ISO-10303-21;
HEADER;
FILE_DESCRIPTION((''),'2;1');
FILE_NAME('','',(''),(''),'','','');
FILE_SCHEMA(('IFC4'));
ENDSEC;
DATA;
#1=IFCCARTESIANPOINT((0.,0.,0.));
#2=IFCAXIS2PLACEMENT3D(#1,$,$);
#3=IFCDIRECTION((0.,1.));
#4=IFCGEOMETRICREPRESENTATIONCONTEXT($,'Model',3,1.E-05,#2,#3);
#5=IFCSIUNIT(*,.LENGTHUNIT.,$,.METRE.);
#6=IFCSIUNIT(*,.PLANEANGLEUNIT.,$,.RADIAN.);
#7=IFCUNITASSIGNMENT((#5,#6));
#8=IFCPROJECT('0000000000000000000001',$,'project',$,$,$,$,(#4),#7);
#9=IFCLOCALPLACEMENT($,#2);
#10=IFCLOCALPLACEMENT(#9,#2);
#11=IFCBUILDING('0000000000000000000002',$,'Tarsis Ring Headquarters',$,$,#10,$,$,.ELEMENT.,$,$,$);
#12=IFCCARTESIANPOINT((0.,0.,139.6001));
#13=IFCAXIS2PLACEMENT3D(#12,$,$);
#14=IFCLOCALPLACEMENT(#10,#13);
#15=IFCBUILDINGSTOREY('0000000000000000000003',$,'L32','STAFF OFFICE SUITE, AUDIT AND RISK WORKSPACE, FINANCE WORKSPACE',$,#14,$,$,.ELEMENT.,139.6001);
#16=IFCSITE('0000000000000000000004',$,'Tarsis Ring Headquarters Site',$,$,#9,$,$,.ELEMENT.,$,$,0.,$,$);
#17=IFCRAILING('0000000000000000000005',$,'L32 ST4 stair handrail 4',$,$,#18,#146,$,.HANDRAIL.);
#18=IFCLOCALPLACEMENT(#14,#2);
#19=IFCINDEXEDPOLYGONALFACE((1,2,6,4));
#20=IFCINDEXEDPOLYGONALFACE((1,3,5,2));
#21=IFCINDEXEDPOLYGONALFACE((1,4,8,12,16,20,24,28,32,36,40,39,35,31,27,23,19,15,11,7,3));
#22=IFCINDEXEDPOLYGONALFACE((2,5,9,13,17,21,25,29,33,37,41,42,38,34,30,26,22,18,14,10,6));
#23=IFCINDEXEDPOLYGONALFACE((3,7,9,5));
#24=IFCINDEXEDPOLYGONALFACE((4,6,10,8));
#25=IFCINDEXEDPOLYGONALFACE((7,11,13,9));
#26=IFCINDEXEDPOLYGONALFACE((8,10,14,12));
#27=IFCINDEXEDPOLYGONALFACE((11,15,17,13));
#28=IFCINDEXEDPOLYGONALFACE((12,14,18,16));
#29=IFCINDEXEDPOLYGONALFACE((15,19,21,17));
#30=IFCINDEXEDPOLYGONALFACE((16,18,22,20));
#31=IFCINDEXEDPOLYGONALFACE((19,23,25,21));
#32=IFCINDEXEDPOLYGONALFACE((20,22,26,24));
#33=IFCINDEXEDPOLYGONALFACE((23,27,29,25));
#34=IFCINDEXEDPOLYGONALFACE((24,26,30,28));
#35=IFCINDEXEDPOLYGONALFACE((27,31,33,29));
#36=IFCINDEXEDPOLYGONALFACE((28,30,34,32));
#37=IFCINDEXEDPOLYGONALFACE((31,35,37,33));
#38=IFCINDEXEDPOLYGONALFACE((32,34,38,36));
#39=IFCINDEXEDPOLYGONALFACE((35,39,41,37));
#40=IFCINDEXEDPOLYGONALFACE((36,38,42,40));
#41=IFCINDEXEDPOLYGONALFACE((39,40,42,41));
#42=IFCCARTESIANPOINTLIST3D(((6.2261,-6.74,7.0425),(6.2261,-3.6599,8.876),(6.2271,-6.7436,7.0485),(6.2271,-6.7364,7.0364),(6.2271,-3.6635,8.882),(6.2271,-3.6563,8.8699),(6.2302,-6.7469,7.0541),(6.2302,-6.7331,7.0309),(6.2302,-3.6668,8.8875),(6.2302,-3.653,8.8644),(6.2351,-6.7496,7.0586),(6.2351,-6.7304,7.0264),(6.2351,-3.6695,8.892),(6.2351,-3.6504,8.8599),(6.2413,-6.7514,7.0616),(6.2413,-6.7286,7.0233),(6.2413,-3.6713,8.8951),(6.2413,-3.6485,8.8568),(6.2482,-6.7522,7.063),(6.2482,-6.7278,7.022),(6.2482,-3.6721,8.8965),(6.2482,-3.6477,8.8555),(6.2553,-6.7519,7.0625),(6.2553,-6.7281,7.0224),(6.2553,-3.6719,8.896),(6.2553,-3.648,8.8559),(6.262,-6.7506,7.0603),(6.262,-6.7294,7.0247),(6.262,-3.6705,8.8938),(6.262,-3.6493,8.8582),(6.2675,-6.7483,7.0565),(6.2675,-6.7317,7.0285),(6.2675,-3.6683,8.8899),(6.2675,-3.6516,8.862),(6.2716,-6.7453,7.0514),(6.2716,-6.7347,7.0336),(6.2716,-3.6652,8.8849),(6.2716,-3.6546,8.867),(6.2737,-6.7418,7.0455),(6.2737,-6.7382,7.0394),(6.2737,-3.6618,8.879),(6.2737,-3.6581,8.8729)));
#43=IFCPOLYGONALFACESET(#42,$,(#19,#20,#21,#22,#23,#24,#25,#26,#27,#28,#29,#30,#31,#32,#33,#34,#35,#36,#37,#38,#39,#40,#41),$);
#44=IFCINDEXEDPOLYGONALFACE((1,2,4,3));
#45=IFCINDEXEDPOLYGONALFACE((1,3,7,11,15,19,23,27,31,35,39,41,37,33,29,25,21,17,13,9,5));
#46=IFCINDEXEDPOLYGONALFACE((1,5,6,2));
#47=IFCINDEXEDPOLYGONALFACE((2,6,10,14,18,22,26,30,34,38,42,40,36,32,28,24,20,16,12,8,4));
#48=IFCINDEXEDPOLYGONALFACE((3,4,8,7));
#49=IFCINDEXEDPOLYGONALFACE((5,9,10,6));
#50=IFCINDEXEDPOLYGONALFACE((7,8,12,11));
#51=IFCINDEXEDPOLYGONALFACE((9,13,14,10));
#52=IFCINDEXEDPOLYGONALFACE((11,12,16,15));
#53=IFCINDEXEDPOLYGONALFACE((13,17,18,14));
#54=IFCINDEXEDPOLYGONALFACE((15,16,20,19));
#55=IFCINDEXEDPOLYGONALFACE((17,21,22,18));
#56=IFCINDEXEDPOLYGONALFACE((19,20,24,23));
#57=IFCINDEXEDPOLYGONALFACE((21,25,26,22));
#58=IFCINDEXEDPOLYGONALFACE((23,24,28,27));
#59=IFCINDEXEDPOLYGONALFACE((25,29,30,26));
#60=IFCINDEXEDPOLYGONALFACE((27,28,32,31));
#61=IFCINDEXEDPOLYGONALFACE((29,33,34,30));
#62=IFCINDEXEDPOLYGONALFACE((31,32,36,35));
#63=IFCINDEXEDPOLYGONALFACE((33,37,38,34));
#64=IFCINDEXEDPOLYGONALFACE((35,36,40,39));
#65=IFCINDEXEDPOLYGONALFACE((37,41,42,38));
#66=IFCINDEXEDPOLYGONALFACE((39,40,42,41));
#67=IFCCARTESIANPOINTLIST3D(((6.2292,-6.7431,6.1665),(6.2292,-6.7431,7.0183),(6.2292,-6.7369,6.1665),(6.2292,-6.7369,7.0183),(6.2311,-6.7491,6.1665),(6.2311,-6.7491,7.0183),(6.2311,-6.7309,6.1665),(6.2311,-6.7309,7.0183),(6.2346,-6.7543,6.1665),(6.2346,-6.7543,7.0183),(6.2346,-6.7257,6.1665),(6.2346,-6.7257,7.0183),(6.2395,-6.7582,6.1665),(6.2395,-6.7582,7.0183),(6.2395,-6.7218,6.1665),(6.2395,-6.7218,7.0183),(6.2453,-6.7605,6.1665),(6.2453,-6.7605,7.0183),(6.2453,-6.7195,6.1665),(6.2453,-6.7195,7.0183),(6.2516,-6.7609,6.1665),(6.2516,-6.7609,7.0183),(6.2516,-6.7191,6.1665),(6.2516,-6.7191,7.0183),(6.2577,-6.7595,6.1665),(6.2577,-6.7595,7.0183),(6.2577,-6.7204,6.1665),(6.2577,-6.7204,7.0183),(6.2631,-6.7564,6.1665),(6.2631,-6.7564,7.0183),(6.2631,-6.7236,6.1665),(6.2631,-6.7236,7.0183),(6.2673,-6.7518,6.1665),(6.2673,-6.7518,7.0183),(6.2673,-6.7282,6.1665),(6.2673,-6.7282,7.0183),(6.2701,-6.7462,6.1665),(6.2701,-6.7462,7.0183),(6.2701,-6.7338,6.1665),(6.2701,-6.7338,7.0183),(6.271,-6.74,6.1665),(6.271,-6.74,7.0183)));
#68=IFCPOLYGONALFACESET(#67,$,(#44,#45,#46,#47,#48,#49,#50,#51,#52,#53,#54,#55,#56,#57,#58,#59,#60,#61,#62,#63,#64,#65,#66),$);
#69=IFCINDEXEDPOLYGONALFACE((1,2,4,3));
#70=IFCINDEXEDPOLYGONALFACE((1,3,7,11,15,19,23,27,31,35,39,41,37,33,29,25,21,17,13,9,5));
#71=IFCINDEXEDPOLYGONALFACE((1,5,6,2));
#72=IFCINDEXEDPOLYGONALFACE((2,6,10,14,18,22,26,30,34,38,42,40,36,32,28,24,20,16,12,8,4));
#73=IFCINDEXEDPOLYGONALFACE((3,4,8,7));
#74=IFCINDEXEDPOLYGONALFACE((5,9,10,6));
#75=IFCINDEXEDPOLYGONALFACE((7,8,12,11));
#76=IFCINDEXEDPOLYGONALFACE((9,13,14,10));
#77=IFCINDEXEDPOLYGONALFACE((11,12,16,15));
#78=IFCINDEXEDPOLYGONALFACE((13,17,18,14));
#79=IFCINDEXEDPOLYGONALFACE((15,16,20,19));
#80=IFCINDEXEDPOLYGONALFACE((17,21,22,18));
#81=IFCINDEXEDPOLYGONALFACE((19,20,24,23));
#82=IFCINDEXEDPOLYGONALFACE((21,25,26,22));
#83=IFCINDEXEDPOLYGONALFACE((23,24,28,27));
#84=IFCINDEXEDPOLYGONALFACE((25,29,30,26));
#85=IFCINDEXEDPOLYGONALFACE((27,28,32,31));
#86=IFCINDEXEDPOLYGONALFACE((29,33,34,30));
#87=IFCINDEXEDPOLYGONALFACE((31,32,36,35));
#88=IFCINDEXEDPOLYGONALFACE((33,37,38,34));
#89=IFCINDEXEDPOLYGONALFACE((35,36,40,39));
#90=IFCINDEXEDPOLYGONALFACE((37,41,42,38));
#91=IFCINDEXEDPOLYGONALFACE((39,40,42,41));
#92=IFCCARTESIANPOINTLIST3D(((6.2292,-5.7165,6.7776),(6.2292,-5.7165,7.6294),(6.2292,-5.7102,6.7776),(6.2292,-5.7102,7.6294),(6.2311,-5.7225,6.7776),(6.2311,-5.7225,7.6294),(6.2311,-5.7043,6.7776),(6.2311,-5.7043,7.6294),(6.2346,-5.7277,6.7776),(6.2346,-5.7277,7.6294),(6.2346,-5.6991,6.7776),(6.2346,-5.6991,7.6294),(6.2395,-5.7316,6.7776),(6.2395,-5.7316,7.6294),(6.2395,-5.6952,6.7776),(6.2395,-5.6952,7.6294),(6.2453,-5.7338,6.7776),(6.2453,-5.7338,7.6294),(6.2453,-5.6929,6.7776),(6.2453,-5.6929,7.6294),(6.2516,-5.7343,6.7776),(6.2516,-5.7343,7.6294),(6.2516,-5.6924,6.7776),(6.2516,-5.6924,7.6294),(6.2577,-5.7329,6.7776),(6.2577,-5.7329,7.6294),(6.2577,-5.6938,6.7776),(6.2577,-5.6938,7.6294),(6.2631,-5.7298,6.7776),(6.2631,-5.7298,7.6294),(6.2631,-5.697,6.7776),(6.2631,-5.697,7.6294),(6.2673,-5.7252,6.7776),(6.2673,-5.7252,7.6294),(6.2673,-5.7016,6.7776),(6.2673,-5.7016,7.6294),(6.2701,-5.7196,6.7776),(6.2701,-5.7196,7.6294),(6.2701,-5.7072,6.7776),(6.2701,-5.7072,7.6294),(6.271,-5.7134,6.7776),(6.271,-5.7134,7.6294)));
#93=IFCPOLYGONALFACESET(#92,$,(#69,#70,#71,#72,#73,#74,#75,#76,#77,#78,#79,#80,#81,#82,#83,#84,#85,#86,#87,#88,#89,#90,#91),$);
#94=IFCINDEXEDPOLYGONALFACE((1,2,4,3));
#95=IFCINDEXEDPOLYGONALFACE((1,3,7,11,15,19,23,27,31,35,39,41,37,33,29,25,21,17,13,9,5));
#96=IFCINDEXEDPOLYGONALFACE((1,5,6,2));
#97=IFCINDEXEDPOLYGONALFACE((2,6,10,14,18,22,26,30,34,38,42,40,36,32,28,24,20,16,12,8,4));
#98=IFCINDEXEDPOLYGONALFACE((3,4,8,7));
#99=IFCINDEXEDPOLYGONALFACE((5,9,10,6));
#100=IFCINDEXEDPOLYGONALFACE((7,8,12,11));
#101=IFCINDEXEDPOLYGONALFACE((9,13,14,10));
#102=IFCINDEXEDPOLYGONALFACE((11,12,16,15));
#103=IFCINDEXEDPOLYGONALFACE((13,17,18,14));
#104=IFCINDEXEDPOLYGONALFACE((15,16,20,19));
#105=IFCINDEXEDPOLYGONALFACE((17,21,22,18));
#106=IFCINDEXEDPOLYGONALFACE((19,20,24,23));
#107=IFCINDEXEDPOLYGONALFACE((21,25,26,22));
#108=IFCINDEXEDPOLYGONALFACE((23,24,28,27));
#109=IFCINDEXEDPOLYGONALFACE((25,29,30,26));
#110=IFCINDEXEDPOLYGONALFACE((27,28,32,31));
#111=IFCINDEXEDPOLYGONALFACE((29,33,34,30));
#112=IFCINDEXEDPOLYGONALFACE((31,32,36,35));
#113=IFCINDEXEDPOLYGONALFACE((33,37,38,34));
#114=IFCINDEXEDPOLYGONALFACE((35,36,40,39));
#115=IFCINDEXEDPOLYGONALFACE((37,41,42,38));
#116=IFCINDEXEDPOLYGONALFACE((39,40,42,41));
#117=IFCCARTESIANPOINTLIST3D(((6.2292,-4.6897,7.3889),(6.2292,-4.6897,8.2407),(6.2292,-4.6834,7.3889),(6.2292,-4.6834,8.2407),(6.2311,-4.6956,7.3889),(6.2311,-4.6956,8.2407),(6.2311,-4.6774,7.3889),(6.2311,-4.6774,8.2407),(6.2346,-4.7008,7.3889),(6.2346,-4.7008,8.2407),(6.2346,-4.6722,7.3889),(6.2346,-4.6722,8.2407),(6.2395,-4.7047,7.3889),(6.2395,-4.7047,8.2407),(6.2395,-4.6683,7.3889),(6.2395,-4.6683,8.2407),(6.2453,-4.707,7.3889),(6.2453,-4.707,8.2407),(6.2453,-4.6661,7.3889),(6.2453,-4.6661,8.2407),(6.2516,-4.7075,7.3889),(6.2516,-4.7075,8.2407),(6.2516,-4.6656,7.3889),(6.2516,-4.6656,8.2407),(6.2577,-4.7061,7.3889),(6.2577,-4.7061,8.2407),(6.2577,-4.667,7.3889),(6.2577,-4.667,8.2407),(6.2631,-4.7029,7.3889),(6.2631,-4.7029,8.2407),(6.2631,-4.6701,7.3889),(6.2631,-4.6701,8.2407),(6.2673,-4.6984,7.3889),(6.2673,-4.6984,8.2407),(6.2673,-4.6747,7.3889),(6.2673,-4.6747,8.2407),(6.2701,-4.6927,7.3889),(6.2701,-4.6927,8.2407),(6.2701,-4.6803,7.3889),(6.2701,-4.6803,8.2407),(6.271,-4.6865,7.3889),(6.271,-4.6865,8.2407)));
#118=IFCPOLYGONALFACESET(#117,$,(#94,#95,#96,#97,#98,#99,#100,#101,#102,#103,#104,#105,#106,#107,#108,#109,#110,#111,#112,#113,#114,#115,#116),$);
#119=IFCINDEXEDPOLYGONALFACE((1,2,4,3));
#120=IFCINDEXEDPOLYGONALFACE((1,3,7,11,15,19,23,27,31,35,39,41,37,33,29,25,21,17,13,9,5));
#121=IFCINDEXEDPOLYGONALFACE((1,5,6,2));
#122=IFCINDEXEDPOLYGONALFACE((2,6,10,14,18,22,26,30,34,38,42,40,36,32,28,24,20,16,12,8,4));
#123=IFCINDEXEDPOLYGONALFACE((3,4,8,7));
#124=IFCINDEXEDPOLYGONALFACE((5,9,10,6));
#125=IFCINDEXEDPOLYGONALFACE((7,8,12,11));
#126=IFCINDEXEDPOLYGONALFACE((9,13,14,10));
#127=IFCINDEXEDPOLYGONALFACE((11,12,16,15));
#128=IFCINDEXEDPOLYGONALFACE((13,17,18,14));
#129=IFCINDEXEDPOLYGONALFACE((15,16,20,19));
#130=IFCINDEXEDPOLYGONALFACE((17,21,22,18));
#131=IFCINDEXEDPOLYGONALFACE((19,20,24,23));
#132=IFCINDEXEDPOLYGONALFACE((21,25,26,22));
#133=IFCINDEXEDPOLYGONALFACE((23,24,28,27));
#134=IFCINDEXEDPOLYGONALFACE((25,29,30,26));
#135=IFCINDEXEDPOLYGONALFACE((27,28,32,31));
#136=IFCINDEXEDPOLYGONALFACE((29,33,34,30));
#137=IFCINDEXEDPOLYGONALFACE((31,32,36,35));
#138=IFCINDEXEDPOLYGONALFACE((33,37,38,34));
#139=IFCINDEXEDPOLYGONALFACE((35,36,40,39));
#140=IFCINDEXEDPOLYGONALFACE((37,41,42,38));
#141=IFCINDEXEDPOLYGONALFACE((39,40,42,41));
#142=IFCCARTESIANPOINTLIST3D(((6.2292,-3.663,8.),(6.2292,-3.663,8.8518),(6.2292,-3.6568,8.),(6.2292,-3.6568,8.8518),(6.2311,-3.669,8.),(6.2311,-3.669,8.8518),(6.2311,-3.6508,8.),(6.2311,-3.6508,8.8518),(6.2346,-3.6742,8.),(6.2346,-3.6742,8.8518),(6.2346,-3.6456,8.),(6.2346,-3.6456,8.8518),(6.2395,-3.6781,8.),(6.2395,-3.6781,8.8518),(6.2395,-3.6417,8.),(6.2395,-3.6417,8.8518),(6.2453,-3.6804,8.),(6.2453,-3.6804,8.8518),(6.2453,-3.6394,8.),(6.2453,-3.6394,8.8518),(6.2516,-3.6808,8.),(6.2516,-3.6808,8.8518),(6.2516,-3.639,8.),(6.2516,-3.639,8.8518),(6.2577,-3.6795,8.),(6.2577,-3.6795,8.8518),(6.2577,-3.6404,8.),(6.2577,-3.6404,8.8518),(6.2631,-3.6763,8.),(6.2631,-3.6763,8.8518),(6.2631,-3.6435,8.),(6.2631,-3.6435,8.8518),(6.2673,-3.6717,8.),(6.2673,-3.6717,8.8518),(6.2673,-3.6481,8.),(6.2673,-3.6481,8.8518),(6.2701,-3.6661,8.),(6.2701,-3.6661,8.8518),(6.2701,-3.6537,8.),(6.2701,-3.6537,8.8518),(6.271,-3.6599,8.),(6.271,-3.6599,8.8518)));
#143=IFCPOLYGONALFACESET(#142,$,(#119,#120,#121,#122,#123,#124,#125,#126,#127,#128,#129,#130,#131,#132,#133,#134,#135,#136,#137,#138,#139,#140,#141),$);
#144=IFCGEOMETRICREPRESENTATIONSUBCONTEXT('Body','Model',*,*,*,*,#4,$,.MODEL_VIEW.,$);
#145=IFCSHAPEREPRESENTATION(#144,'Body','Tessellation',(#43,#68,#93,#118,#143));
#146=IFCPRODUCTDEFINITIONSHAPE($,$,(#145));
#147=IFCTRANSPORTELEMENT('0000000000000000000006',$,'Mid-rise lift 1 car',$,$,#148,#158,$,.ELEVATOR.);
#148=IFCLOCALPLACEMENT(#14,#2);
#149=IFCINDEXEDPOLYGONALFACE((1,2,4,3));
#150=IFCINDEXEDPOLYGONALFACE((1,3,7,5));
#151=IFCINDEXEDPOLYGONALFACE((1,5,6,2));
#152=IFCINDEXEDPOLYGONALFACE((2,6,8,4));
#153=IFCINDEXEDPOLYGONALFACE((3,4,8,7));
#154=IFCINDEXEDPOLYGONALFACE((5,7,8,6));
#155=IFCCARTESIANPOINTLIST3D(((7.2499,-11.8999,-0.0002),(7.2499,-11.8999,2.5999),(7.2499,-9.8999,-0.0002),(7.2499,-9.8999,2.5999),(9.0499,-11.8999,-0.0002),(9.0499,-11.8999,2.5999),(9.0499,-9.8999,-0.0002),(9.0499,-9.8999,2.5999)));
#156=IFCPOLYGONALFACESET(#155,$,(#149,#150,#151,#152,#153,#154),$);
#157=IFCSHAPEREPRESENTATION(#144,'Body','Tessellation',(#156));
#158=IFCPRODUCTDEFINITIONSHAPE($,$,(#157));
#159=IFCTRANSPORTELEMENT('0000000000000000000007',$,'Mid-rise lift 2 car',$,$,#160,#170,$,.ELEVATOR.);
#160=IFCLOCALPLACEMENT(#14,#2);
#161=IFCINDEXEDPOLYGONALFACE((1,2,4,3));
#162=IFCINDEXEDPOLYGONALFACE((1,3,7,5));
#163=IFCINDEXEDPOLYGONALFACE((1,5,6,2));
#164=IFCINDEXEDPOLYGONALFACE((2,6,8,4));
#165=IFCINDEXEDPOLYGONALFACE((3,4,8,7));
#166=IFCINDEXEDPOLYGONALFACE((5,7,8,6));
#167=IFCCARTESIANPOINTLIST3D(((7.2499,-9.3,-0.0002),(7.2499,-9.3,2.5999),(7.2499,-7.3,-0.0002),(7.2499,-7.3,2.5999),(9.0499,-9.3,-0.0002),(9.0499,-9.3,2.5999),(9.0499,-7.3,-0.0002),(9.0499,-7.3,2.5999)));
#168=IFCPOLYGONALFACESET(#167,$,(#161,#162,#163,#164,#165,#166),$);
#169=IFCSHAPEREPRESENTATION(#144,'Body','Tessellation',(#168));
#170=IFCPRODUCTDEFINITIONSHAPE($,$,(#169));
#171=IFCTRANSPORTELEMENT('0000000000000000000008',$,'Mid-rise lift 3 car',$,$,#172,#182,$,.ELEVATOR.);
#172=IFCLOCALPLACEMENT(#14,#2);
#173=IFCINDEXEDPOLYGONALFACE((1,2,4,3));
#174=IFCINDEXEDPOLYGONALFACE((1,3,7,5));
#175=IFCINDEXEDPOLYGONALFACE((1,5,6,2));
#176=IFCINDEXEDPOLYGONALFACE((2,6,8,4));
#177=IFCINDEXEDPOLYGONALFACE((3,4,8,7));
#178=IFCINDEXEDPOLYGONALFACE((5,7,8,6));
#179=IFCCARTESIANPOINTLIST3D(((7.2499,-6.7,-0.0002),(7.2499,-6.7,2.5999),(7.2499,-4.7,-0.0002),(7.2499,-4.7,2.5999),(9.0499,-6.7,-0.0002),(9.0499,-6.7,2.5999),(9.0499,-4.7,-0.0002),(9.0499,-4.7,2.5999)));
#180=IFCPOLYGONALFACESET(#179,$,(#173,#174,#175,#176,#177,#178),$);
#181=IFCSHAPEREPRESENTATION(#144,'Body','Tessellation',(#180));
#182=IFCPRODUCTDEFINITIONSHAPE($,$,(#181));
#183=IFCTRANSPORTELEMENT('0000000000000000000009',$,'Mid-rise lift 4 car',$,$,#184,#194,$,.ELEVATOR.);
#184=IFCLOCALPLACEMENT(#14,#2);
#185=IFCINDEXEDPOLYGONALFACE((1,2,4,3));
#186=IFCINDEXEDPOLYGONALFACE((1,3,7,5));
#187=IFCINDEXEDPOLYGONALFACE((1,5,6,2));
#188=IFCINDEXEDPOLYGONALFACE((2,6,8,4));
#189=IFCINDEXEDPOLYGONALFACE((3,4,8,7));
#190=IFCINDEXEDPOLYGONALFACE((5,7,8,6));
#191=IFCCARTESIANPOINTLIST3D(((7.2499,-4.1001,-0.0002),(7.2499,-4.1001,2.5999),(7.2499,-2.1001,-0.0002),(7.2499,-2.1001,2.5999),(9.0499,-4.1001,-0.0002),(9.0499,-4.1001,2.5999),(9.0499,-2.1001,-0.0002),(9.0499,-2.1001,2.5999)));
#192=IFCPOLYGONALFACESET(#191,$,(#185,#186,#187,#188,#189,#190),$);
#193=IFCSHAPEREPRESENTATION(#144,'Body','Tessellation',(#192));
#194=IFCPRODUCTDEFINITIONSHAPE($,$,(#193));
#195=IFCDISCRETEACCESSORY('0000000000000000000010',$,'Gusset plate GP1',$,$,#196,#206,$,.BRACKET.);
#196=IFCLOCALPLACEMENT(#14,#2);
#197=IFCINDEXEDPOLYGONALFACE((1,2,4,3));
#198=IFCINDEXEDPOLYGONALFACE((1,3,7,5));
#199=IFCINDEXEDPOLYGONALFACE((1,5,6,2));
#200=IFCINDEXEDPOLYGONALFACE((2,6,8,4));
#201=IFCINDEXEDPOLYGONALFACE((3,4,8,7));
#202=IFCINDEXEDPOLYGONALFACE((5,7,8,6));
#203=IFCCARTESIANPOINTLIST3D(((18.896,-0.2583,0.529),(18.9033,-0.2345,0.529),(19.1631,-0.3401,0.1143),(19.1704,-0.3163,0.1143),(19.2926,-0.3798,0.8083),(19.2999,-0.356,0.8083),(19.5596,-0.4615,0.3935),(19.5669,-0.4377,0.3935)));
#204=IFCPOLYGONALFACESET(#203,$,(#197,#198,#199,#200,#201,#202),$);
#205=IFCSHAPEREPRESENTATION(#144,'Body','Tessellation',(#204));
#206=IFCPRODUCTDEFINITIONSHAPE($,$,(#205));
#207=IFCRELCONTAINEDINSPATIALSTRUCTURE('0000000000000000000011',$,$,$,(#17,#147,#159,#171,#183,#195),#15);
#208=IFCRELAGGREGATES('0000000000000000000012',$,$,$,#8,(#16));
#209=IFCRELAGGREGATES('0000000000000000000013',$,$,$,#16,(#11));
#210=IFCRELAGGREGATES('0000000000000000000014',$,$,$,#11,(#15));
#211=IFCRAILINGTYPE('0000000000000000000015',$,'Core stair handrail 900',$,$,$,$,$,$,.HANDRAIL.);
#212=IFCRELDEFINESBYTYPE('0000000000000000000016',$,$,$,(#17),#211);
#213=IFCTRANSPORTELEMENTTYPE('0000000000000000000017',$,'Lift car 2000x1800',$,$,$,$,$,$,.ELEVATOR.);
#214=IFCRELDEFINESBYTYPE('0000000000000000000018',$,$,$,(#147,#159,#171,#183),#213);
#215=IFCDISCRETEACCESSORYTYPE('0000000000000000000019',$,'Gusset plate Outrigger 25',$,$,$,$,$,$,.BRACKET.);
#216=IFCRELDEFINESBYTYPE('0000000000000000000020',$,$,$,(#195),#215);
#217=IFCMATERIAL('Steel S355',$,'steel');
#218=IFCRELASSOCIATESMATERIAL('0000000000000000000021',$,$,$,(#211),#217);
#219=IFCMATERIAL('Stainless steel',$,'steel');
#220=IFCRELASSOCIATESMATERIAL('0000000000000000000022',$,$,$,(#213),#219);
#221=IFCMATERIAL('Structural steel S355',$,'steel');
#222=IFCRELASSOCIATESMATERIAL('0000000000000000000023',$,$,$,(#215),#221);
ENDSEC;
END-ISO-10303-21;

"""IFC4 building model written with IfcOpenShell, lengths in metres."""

from ifc_helpers import new_model, si_unit, direction, frame, origin, origin_2d, place, context, subcontext, project, spatial, rectangle, circle, extrude, material, material_profile, profile_set, type_object, element, save


model = new_model("IFC4")

# Units and contexts
model_context = context("Model", 3, precision=1e-05, world=origin(), true_north=direction((0.0, 1.0)))
body_context = subcontext(model_context, "Body", "Model", "MODEL_VIEW")
ifc_project = project(units=[si_unit("LENGTHUNIT", "METRE"), si_unit("PLANEANGLEUNIT", "RADIAN")], contexts=[model_context])

# Site, building, storey
site_placement = place(None, origin())
site = spatial("IfcSite", under=ifc_project, at=site_placement, Name="Tarsis Ring Headquarters Site", CompositionType="ELEMENT", RefElevation=0.0)
building_placement = place(site_placement, origin())
building = spatial("IfcBuilding", under=site, at=building_placement, Name="Tarsis Ring Headquarters", CompositionType="ELEMENT")
storey_placement = place(building_placement, frame((0.0, 0.0, 139.6001)))
storey = spatial("IfcBuildingStorey", under=building, at=storey_placement, Name="L32", Description="STAFF OFFICE SUITE, AUDIT AND RISK WORKSPACE, FINANCE WORKSPACE", CompositionType="ELEMENT", Elevation=139.6001)

# Shared definitions
ifc_material_1 = material(Name="Structural steel S355", Category="steel")

# Shared definitions
ifc_material_2 = material(Name="Steel S355", Category="steel")

# Railing
railing_type_1 = type_object("IfcRailingType", Name="Core stair handrail 900", PredefinedType="HANDRAIL", material=ifc_material_2)
for number, where, name in (
    (1, (6.25, -6.74, 6.1665), "L32 ST4 stair handrail 4"),
):
    element("IfcRailing", number, at=place(storey_placement, frame(where)), inside=storey, type_object=railing_type_1, Name=name, PredefinedType="HANDRAIL", context=body_context, shape_type="SweptSolid", body=[
        extrude(circle(Radius=0.0239, at=origin_2d()), frame((0.0, 0.0, 0.876), z_axis=(0.0, 0.859279, 0.511508), x_axis=(-1.0, 0.0, 0.0)), (0.0, 0.0, 1.0), 3.5845),
        extrude(circle(Radius=0.021, at=origin_2d()), origin(), (0.0, 0.0, 1.0), 0.8518),
        extrude(circle(Radius=0.021, at=origin_2d()), frame((0.0, 1.0266, 0.6111)), (0.0, 0.0, 1.0), 0.8518),
        extrude(circle(Radius=0.021, at=origin_2d()), frame((0.0, 2.0535, 1.2224)), (0.0, 0.0, 1.0), 0.8518),
        extrude(circle(Radius=0.021, at=origin_2d()), frame((0.0, 3.0801, 1.8335)), (0.0, 0.0, 1.0), 0.8518),
    ])

# Transport elements
ifc_material_3 = material(Name="Stainless steel", Category="steel")
transport_element_type = type_object("IfcTransportElementType", Name="Lift car 2000x1800", PredefinedType="ELEVATOR", material=ifc_material_3)
for number, where, z_axis, x_axis, name in (
    (2, (8.1499, -10.8999, -0.0002), (0.0, 0.0, 1.0), (1.0, 0.0, 0.0), "Mid-rise lift 1 car"),
    (3, (8.1499, -8.3, -0.0002), (0.0, 0.0, 1.0), (1.0, 0.0, 0.0), "Mid-rise lift 2 car"),
    (4, (8.1499, -5.7, -0.0002), (0.0, 0.0, 1.0), (1.0, 0.0, 0.0), "Mid-rise lift 3 car"),
    (5, (8.1499, -3.1001, -0.0002), (0.0, 0.0, 1.0), (1.0, 0.0, 0.0), "Mid-rise lift 4 car"),
):
    element("IfcTransportElement", number, at=place(storey_placement, frame(where, z_axis=z_axis, x_axis=x_axis)), inside=storey, type_object=transport_element_type, Name=name, PredefinedType="ELEVATOR", context=body_context, shape_type="SweptSolid", body=[
        extrude(rectangle(XDim=1.8, YDim=2.0, at=origin_2d()), origin(), (0.0, 0.0, 1.0), 2.6001),
    ])

# Discrete accessory
ifc_material_profile_1 = material_profile(ifc_material_1, rectangle(XDim=0.0249, YDim=0.5, at=origin_2d()), Name="PL 25x500")
ifc_profile_set_1 = profile_set([ifc_material_profile_1], Name="Structural steel S355")
discrete_accessory_type = type_object("IfcDiscreteAccessoryType", Name="Gusset plate Outrigger 25", PredefinedType="BRACKET", material=ifc_profile_set_1)
discrete_accessory_placement = place(storey_placement, frame((19.365, -0.3889, 0.2539), z_axis=(-0.534093, 0.163548, 0.829456), x_axis=(-0.292796, -0.956175, 0.0)))
element("IfcDiscreteAccessory", 6, at=discrete_accessory_placement, inside=storey, type_object=discrete_accessory_type, Name="Gusset plate GP1", PredefinedType="BRACKET", context=body_context, shape_type="SweptSolid", body=[
    extrude(rectangle(XDim=0.0249, YDim=0.5, at=origin_2d()), origin(), (0.0, 0.0, 1.0), 0.5),
])

save(model, "model.ifc")
